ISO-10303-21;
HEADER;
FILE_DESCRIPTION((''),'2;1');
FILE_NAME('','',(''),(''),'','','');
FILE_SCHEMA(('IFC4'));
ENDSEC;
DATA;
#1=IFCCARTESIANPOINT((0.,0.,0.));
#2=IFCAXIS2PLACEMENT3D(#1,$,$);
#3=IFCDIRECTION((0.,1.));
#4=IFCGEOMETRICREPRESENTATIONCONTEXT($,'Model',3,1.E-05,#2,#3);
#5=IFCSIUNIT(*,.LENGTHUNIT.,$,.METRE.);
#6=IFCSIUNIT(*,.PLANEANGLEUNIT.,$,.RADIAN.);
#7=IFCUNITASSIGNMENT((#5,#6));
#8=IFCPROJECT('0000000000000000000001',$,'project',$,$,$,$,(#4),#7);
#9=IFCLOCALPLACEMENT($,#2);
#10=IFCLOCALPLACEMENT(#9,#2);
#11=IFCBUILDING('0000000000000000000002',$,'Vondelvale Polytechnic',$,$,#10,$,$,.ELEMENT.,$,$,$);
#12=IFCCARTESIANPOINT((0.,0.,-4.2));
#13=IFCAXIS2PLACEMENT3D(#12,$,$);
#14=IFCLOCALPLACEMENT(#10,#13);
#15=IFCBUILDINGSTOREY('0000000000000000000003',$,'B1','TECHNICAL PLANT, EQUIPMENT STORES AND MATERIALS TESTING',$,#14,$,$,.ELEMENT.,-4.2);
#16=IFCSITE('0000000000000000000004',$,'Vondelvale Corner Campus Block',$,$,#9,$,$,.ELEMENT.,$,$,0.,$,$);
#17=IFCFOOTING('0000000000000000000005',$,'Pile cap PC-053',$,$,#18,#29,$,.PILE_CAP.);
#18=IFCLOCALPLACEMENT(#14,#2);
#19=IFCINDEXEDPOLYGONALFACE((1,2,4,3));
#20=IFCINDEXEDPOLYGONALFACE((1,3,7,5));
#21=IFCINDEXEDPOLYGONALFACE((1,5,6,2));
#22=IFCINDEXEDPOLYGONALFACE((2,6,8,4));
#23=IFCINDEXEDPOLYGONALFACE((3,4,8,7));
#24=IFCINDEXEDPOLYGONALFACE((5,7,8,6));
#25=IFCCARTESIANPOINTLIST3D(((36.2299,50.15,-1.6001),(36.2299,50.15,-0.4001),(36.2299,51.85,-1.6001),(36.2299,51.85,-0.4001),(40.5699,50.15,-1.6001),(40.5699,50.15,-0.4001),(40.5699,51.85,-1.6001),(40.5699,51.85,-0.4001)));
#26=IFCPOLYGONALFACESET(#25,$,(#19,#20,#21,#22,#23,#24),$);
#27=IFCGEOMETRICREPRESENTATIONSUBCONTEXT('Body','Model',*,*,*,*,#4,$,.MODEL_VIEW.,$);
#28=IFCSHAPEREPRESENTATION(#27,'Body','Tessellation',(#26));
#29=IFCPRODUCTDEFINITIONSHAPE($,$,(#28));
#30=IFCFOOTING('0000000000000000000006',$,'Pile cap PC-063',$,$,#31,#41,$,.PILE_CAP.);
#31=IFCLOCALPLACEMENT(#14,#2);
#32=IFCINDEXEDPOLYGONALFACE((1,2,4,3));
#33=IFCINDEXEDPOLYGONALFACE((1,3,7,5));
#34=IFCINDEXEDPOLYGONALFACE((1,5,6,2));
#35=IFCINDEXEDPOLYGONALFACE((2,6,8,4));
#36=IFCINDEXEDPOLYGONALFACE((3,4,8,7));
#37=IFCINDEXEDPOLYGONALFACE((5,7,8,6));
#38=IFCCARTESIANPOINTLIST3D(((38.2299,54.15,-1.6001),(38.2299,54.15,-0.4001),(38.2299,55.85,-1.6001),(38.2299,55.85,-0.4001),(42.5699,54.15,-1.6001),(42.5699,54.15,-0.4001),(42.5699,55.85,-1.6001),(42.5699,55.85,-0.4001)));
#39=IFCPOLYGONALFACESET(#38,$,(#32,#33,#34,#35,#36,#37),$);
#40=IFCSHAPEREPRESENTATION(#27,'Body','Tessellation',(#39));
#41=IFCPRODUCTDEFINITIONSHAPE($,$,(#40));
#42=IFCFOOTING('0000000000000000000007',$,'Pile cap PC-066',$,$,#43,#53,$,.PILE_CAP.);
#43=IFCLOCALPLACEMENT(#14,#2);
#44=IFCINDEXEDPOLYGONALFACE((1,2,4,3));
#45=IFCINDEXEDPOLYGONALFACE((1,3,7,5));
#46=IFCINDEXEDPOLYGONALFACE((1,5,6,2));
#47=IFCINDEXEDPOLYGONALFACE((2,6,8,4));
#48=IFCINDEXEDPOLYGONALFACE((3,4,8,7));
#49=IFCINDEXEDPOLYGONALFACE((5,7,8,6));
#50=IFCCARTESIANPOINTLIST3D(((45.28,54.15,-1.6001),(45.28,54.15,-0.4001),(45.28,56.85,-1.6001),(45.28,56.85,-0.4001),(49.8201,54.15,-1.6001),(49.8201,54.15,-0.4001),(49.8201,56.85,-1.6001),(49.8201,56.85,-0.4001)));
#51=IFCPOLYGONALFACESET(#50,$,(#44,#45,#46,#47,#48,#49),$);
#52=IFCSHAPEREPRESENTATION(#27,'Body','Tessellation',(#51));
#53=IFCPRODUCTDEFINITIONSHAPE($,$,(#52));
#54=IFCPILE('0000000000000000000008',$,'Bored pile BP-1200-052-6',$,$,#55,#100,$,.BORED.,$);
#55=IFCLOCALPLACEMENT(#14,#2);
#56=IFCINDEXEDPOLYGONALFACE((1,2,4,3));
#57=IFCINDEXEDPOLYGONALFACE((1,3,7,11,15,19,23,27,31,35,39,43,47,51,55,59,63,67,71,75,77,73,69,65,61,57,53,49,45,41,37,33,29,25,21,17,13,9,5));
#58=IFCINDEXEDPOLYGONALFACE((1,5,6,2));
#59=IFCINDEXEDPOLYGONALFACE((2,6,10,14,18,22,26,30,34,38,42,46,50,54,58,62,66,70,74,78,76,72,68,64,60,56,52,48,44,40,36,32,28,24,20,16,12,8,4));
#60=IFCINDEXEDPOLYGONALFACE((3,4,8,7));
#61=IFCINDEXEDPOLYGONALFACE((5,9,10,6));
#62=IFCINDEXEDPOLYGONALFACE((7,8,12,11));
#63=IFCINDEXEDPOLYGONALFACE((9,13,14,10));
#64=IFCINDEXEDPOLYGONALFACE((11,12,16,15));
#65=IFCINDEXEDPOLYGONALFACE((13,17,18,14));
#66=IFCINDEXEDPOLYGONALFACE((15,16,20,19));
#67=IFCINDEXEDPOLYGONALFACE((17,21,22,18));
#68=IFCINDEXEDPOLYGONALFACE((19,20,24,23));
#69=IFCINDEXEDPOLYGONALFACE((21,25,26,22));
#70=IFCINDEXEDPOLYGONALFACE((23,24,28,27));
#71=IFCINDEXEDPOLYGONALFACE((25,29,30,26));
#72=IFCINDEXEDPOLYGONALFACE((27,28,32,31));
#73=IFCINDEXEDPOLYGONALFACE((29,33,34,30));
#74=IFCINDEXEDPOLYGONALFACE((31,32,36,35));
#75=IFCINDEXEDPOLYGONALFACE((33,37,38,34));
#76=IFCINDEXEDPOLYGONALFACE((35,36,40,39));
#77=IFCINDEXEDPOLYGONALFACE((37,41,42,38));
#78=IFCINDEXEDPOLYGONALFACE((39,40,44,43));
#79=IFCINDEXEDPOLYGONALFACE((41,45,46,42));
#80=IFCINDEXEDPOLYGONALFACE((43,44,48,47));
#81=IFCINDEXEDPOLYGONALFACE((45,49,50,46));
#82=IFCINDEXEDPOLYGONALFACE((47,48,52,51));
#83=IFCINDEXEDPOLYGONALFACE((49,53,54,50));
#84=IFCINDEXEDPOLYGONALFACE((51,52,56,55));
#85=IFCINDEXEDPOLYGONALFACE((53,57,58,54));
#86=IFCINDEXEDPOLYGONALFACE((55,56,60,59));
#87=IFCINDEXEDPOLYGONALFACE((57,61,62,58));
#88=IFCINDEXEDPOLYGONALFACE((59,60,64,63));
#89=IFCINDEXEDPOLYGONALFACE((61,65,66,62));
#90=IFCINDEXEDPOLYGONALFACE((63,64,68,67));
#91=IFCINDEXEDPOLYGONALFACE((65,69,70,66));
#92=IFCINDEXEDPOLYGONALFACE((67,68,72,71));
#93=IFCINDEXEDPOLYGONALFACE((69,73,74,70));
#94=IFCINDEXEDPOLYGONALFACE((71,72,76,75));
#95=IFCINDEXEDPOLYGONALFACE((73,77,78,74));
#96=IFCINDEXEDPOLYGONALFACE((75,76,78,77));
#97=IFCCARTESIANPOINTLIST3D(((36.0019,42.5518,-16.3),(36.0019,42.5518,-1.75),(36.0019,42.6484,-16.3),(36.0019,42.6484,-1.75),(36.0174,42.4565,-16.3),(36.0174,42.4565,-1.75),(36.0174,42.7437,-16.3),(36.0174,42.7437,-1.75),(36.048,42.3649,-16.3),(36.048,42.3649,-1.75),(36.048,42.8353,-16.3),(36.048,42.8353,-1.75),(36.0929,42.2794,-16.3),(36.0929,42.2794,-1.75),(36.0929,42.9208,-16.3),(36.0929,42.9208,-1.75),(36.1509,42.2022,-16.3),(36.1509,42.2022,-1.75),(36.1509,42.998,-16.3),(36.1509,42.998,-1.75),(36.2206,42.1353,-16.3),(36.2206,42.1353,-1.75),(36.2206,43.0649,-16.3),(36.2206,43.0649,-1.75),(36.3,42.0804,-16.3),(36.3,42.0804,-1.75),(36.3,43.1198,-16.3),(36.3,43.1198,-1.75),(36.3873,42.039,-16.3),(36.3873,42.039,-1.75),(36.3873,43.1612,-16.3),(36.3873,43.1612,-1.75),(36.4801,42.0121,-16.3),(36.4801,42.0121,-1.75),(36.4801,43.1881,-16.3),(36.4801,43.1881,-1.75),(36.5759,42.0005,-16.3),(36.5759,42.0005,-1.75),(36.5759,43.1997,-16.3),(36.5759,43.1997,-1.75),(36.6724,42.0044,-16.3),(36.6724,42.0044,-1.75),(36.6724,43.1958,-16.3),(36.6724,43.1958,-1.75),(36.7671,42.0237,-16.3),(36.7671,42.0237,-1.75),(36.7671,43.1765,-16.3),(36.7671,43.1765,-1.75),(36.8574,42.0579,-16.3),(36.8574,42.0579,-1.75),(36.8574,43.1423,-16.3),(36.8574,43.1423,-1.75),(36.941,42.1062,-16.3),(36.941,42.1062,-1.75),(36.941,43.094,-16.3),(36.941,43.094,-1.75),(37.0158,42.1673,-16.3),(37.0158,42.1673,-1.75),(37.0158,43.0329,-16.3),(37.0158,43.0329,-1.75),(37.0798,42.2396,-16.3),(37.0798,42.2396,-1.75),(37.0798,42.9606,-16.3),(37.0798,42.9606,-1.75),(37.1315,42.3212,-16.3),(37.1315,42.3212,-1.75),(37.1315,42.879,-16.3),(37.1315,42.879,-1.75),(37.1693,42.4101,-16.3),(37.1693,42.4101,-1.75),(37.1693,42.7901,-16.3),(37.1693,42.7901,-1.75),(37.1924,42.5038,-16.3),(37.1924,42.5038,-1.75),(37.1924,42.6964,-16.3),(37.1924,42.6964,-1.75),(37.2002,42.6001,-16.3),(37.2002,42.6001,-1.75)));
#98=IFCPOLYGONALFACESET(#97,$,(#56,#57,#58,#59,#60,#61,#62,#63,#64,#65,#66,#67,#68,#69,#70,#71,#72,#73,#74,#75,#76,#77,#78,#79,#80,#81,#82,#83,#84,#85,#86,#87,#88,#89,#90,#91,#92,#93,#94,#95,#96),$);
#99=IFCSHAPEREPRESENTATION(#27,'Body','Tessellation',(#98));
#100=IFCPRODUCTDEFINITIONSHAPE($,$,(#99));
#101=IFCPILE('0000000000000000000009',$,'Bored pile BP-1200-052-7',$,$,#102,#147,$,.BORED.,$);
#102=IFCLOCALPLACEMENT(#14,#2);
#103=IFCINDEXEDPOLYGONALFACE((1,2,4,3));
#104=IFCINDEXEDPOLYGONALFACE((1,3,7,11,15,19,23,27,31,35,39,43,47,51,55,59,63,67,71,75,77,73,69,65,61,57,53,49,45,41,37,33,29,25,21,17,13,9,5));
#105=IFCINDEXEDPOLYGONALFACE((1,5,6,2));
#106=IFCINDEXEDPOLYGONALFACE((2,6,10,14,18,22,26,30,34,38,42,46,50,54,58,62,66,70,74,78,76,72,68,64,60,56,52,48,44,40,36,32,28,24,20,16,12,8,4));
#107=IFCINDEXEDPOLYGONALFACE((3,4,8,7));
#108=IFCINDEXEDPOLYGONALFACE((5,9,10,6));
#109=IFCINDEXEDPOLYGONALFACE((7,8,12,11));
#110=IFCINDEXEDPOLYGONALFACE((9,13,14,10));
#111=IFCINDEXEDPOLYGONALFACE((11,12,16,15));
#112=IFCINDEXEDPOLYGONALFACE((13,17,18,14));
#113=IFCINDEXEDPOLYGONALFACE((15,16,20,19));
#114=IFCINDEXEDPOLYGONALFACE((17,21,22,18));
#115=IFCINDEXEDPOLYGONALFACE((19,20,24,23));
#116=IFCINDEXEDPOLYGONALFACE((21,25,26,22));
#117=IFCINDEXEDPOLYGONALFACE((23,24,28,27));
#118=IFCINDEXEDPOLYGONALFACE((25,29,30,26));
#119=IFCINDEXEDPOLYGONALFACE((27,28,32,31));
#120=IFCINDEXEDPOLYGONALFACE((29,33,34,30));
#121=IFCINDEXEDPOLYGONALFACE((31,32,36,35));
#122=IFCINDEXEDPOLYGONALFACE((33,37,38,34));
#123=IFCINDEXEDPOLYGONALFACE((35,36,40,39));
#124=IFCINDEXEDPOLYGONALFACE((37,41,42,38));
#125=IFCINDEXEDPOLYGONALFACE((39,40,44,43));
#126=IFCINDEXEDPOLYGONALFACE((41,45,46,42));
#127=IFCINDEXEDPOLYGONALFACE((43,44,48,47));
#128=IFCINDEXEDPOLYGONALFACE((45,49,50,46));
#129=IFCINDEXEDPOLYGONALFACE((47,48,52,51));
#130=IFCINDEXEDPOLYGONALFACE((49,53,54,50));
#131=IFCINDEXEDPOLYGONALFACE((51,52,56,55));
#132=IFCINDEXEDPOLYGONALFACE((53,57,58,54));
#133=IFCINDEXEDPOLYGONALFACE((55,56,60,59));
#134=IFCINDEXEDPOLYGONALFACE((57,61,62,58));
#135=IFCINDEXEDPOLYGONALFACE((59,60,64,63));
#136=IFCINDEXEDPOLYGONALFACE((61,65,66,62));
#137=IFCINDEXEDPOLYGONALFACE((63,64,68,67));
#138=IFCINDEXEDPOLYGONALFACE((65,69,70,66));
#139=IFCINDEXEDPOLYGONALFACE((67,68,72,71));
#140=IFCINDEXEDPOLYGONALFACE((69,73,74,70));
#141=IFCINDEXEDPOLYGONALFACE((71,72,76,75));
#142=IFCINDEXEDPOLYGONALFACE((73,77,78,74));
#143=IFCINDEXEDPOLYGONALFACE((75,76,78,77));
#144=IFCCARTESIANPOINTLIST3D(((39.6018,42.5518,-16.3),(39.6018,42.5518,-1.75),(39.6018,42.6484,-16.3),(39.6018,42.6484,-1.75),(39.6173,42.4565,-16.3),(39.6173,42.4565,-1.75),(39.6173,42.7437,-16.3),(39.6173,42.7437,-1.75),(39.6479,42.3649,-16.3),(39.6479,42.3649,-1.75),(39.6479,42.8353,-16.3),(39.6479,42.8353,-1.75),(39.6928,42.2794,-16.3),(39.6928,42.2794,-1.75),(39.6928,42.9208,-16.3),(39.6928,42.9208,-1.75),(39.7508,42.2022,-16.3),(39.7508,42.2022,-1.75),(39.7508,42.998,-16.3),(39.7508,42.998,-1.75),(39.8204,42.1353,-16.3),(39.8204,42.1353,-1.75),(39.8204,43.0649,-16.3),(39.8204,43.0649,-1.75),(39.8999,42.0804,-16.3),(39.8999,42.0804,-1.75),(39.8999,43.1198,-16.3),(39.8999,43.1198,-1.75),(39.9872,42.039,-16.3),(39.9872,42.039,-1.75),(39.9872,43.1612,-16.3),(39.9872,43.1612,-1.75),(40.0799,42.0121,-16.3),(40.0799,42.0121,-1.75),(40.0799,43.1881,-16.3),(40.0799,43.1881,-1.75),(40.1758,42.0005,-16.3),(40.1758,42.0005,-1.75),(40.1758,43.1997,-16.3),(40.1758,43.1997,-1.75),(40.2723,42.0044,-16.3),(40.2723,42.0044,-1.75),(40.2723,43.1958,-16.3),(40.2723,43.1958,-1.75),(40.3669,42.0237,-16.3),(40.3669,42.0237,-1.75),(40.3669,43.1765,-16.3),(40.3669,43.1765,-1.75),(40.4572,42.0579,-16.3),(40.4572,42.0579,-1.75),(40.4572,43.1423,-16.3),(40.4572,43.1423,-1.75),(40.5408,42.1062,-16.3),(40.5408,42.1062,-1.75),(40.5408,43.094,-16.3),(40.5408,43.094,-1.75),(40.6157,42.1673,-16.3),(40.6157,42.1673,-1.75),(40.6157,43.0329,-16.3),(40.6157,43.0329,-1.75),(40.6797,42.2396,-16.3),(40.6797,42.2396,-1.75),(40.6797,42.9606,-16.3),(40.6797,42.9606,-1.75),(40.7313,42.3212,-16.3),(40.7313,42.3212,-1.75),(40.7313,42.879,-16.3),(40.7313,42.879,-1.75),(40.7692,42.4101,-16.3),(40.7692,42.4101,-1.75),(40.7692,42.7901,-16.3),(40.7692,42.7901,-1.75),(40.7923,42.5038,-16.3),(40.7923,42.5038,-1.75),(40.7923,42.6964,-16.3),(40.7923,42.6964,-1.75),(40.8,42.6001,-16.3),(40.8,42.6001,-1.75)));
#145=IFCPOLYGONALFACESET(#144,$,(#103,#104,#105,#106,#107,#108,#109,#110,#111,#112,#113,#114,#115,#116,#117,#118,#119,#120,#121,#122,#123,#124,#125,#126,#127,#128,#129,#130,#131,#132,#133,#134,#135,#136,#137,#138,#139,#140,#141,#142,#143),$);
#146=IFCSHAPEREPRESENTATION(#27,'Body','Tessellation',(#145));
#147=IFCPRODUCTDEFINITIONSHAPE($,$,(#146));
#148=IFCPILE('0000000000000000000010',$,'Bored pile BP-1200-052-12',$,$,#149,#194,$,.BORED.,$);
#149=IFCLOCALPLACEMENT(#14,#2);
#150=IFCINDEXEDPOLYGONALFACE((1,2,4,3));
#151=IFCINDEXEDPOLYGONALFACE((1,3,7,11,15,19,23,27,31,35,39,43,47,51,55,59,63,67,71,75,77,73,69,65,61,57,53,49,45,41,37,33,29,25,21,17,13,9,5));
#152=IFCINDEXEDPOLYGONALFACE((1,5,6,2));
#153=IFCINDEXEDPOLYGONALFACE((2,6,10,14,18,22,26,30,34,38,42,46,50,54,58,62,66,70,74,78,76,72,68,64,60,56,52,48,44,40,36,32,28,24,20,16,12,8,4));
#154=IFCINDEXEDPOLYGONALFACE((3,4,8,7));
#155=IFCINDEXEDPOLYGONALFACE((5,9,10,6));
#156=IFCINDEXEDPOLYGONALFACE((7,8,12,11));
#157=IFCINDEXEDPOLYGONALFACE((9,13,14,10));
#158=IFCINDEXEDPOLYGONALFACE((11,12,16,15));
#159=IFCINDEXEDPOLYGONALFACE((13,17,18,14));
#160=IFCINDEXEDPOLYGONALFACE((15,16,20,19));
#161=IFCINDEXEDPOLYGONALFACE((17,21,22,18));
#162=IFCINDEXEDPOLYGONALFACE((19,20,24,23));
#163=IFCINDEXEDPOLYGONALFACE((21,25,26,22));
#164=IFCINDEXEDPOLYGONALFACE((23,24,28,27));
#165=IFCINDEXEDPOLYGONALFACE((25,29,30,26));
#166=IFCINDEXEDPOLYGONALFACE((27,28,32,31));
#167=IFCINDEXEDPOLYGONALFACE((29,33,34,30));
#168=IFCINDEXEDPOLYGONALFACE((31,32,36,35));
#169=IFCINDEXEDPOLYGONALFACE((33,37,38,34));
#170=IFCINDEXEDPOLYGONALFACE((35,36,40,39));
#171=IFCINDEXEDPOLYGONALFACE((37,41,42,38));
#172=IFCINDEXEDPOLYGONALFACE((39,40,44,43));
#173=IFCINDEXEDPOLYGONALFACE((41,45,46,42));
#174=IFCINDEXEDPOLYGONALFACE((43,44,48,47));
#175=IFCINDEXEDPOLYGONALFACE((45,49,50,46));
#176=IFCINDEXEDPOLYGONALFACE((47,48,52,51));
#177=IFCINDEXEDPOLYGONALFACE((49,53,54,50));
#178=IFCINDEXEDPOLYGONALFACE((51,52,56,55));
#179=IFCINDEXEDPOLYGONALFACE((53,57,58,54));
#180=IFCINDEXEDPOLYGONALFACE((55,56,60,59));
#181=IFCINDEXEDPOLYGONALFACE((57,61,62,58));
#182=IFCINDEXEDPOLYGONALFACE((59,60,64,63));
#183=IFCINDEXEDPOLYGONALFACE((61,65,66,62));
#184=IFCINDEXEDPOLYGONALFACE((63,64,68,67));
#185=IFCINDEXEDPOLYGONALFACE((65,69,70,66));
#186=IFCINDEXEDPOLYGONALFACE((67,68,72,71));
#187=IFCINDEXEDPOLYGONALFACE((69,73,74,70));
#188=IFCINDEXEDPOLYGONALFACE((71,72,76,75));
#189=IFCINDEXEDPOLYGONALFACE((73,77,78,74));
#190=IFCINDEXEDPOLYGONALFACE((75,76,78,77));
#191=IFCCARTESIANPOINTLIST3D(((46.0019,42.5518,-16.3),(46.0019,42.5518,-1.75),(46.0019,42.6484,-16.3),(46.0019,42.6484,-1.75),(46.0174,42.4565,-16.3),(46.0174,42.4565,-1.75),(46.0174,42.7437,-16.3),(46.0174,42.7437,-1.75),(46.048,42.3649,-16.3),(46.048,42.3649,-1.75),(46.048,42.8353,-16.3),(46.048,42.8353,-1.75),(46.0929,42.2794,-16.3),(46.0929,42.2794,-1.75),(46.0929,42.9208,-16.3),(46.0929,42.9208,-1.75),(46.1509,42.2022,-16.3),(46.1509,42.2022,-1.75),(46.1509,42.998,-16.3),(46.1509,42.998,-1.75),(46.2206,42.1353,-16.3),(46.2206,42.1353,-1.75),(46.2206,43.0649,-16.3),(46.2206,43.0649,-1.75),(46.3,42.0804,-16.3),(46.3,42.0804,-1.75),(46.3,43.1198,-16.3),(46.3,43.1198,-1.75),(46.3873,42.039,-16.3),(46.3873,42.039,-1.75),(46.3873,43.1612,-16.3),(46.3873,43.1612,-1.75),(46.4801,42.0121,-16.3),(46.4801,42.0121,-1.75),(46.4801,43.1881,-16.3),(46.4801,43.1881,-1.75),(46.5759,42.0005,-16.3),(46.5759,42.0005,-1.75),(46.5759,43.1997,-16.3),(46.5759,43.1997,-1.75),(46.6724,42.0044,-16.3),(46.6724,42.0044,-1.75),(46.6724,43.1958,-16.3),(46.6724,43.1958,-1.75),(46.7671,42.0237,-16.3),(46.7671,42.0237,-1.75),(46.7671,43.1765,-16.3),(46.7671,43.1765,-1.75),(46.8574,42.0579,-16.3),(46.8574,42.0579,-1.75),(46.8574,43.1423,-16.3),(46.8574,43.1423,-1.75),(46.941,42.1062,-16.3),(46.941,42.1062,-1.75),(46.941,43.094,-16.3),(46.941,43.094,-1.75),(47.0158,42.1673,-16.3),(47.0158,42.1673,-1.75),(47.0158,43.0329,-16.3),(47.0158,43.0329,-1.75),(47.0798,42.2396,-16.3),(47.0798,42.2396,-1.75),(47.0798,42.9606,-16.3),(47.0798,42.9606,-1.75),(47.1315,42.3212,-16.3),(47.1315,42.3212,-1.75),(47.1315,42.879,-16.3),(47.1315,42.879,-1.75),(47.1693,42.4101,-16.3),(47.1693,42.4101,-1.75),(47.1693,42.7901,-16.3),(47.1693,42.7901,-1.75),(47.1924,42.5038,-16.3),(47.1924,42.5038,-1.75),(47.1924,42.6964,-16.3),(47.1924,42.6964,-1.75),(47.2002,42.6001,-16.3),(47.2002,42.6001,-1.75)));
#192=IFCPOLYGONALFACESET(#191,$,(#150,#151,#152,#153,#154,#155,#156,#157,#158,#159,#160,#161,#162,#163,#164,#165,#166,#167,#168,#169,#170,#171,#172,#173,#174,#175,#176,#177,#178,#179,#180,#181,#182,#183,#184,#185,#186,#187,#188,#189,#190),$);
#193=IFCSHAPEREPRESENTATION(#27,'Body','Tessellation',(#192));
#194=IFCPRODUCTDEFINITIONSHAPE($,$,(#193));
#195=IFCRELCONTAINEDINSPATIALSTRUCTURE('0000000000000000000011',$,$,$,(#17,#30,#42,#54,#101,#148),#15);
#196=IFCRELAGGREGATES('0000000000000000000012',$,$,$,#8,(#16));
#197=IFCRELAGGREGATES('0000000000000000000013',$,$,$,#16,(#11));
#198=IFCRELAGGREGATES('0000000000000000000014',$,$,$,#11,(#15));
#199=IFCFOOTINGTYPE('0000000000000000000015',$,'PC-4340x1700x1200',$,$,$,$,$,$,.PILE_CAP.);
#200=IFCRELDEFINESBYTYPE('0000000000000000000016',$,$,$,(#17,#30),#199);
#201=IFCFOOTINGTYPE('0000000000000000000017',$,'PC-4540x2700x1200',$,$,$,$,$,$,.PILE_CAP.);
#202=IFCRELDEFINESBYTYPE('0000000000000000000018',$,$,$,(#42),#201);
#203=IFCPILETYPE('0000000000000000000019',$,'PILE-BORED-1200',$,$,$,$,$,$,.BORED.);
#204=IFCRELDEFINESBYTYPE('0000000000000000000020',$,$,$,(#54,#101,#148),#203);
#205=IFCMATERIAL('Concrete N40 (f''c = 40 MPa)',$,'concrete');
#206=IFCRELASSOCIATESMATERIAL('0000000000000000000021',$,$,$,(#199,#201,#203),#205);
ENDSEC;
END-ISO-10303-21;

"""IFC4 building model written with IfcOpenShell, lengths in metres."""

from ifc_helpers import new_model, si_unit, direction, frame, origin, origin_2d, place, context, subcontext, project, spatial, rectangle, circle, extrude, material, material_profile, profile_set, type_object, element, save


model = new_model("IFC4")

# Units and contexts
model_context = context("Model", 3, precision=1e-05, world=origin(), true_north=direction((0.0, 1.0)))
body_context = subcontext(model_context, "Body", "Model", "MODEL_VIEW")
ifc_project = project(units=[si_unit("LENGTHUNIT", "METRE"), si_unit("PLANEANGLEUNIT", "RADIAN")], contexts=[model_context])

# Site, building, storey
site_placement = place(None, origin())
site = spatial("IfcSite", under=ifc_project, at=site_placement, Name="Vondelvale Corner Campus Block", CompositionType="ELEMENT", RefElevation=0.0)
building_placement = place(site_placement, origin())
building = spatial("IfcBuilding", under=site, at=building_placement, Name="Vondelvale Polytechnic", CompositionType="ELEMENT")
storey_placement = place(building_placement, frame((0.0, 0.0, -4.2)))
storey = spatial("IfcBuildingStorey", under=building, at=storey_placement, Name="B1", Description="TECHNICAL PLANT, EQUIPMENT STORES AND MATERIALS TESTING", CompositionType="ELEMENT", Elevation=-4.2)

# Footings
ifc_material_1 = material(Name="Concrete N40 (f'c = 40 MPa)", Category="concrete")
footing_type_1 = type_object("IfcFootingType", Name="PC-4340x1700x1200", PredefinedType="PILE_CAP", material=ifc_material_1)
for number, where, z_axis, x_axis, name in (
    (1, (38.3999, 51.0, -1.6001), (0.0, 0.0, 1.0), (1.0, 0.0, 0.0), "Pile cap PC-053"),
    (2, (40.3999, 55.0, -1.6001), (0.0, 0.0, 1.0), (1.0, 0.0, 0.0), "Pile cap PC-063"),
):
    element("IfcFooting", number, at=place(storey_placement, frame(where, z_axis=z_axis, x_axis=x_axis)), inside=storey, type_object=footing_type_1, Name=name, PredefinedType="PILE_CAP", context=body_context, shape_type="SweptSolid", body=[
        extrude(rectangle(XDim=4.3401, YDim=1.7, at=origin_2d()), origin(), (0.0, 0.0, 1.0), 1.2),
    ])
footing_type_2 = type_object("IfcFootingType", Name="PC-4540x2700x1200", PredefinedType="PILE_CAP", material=ifc_material_1)
footing_placement = place(storey_placement, frame((47.55, 55.5, -1.6001), z_axis=(0.0, 0.0, 1.0), x_axis=(1.0, 0.0, 0.0)))
element("IfcFooting", 3, at=footing_placement, inside=storey, type_object=footing_type_2, Name="Pile cap PC-066", PredefinedType="PILE_CAP", context=body_context, shape_type="SweptSolid", body=[
    extrude(rectangle(XDim=4.54, YDim=2.7, at=origin_2d()), origin(), (0.0, 0.0, 1.0), 1.2),
])

# Piles
ifc_material_profile_1 = material_profile(ifc_material_1, circle(Radius=0.6001, at=origin_2d()), Name="PILE-D1200")
ifc_profile_set_1 = profile_set([ifc_material_profile_1], Name="Concrete N40 (f'c = 40 MPa)")
pile_type_1 = type_object("IfcPileType", Name="PILE-BORED-1200", PredefinedType="BORED", material=ifc_profile_set_1)
for number, where, z_axis, x_axis, name in (
    (4, (36.6001, 42.6001, -1.75), (0.0, 0.0, -1.0), (1.0, 0.0, 0.0), "Bored pile BP-1200-052-6"),
    (5, (40.2, 42.6001, -1.75), (0.0, 0.0, -1.0), (1.0, 0.0, 0.0), "Bored pile BP-1200-052-7"),
    (6, (46.6001, 42.6001, -1.75), (0.0, 0.0, -1.0), (1.0, 0.0, 0.0), "Bored pile BP-1200-052-12"),
):
    element("IfcPile", number, at=place(storey_placement, frame(where, z_axis=z_axis, x_axis=x_axis)), inside=storey, type_object=pile_type_1, Name=name, PredefinedType="BORED", context=body_context, shape_type="SweptSolid", body=[
        extrude(circle(Radius=0.6001, at=origin_2d()), origin(), (0.0, 0.0, 1.0), 14.55),
    ])

save(model, "model.ifc")
